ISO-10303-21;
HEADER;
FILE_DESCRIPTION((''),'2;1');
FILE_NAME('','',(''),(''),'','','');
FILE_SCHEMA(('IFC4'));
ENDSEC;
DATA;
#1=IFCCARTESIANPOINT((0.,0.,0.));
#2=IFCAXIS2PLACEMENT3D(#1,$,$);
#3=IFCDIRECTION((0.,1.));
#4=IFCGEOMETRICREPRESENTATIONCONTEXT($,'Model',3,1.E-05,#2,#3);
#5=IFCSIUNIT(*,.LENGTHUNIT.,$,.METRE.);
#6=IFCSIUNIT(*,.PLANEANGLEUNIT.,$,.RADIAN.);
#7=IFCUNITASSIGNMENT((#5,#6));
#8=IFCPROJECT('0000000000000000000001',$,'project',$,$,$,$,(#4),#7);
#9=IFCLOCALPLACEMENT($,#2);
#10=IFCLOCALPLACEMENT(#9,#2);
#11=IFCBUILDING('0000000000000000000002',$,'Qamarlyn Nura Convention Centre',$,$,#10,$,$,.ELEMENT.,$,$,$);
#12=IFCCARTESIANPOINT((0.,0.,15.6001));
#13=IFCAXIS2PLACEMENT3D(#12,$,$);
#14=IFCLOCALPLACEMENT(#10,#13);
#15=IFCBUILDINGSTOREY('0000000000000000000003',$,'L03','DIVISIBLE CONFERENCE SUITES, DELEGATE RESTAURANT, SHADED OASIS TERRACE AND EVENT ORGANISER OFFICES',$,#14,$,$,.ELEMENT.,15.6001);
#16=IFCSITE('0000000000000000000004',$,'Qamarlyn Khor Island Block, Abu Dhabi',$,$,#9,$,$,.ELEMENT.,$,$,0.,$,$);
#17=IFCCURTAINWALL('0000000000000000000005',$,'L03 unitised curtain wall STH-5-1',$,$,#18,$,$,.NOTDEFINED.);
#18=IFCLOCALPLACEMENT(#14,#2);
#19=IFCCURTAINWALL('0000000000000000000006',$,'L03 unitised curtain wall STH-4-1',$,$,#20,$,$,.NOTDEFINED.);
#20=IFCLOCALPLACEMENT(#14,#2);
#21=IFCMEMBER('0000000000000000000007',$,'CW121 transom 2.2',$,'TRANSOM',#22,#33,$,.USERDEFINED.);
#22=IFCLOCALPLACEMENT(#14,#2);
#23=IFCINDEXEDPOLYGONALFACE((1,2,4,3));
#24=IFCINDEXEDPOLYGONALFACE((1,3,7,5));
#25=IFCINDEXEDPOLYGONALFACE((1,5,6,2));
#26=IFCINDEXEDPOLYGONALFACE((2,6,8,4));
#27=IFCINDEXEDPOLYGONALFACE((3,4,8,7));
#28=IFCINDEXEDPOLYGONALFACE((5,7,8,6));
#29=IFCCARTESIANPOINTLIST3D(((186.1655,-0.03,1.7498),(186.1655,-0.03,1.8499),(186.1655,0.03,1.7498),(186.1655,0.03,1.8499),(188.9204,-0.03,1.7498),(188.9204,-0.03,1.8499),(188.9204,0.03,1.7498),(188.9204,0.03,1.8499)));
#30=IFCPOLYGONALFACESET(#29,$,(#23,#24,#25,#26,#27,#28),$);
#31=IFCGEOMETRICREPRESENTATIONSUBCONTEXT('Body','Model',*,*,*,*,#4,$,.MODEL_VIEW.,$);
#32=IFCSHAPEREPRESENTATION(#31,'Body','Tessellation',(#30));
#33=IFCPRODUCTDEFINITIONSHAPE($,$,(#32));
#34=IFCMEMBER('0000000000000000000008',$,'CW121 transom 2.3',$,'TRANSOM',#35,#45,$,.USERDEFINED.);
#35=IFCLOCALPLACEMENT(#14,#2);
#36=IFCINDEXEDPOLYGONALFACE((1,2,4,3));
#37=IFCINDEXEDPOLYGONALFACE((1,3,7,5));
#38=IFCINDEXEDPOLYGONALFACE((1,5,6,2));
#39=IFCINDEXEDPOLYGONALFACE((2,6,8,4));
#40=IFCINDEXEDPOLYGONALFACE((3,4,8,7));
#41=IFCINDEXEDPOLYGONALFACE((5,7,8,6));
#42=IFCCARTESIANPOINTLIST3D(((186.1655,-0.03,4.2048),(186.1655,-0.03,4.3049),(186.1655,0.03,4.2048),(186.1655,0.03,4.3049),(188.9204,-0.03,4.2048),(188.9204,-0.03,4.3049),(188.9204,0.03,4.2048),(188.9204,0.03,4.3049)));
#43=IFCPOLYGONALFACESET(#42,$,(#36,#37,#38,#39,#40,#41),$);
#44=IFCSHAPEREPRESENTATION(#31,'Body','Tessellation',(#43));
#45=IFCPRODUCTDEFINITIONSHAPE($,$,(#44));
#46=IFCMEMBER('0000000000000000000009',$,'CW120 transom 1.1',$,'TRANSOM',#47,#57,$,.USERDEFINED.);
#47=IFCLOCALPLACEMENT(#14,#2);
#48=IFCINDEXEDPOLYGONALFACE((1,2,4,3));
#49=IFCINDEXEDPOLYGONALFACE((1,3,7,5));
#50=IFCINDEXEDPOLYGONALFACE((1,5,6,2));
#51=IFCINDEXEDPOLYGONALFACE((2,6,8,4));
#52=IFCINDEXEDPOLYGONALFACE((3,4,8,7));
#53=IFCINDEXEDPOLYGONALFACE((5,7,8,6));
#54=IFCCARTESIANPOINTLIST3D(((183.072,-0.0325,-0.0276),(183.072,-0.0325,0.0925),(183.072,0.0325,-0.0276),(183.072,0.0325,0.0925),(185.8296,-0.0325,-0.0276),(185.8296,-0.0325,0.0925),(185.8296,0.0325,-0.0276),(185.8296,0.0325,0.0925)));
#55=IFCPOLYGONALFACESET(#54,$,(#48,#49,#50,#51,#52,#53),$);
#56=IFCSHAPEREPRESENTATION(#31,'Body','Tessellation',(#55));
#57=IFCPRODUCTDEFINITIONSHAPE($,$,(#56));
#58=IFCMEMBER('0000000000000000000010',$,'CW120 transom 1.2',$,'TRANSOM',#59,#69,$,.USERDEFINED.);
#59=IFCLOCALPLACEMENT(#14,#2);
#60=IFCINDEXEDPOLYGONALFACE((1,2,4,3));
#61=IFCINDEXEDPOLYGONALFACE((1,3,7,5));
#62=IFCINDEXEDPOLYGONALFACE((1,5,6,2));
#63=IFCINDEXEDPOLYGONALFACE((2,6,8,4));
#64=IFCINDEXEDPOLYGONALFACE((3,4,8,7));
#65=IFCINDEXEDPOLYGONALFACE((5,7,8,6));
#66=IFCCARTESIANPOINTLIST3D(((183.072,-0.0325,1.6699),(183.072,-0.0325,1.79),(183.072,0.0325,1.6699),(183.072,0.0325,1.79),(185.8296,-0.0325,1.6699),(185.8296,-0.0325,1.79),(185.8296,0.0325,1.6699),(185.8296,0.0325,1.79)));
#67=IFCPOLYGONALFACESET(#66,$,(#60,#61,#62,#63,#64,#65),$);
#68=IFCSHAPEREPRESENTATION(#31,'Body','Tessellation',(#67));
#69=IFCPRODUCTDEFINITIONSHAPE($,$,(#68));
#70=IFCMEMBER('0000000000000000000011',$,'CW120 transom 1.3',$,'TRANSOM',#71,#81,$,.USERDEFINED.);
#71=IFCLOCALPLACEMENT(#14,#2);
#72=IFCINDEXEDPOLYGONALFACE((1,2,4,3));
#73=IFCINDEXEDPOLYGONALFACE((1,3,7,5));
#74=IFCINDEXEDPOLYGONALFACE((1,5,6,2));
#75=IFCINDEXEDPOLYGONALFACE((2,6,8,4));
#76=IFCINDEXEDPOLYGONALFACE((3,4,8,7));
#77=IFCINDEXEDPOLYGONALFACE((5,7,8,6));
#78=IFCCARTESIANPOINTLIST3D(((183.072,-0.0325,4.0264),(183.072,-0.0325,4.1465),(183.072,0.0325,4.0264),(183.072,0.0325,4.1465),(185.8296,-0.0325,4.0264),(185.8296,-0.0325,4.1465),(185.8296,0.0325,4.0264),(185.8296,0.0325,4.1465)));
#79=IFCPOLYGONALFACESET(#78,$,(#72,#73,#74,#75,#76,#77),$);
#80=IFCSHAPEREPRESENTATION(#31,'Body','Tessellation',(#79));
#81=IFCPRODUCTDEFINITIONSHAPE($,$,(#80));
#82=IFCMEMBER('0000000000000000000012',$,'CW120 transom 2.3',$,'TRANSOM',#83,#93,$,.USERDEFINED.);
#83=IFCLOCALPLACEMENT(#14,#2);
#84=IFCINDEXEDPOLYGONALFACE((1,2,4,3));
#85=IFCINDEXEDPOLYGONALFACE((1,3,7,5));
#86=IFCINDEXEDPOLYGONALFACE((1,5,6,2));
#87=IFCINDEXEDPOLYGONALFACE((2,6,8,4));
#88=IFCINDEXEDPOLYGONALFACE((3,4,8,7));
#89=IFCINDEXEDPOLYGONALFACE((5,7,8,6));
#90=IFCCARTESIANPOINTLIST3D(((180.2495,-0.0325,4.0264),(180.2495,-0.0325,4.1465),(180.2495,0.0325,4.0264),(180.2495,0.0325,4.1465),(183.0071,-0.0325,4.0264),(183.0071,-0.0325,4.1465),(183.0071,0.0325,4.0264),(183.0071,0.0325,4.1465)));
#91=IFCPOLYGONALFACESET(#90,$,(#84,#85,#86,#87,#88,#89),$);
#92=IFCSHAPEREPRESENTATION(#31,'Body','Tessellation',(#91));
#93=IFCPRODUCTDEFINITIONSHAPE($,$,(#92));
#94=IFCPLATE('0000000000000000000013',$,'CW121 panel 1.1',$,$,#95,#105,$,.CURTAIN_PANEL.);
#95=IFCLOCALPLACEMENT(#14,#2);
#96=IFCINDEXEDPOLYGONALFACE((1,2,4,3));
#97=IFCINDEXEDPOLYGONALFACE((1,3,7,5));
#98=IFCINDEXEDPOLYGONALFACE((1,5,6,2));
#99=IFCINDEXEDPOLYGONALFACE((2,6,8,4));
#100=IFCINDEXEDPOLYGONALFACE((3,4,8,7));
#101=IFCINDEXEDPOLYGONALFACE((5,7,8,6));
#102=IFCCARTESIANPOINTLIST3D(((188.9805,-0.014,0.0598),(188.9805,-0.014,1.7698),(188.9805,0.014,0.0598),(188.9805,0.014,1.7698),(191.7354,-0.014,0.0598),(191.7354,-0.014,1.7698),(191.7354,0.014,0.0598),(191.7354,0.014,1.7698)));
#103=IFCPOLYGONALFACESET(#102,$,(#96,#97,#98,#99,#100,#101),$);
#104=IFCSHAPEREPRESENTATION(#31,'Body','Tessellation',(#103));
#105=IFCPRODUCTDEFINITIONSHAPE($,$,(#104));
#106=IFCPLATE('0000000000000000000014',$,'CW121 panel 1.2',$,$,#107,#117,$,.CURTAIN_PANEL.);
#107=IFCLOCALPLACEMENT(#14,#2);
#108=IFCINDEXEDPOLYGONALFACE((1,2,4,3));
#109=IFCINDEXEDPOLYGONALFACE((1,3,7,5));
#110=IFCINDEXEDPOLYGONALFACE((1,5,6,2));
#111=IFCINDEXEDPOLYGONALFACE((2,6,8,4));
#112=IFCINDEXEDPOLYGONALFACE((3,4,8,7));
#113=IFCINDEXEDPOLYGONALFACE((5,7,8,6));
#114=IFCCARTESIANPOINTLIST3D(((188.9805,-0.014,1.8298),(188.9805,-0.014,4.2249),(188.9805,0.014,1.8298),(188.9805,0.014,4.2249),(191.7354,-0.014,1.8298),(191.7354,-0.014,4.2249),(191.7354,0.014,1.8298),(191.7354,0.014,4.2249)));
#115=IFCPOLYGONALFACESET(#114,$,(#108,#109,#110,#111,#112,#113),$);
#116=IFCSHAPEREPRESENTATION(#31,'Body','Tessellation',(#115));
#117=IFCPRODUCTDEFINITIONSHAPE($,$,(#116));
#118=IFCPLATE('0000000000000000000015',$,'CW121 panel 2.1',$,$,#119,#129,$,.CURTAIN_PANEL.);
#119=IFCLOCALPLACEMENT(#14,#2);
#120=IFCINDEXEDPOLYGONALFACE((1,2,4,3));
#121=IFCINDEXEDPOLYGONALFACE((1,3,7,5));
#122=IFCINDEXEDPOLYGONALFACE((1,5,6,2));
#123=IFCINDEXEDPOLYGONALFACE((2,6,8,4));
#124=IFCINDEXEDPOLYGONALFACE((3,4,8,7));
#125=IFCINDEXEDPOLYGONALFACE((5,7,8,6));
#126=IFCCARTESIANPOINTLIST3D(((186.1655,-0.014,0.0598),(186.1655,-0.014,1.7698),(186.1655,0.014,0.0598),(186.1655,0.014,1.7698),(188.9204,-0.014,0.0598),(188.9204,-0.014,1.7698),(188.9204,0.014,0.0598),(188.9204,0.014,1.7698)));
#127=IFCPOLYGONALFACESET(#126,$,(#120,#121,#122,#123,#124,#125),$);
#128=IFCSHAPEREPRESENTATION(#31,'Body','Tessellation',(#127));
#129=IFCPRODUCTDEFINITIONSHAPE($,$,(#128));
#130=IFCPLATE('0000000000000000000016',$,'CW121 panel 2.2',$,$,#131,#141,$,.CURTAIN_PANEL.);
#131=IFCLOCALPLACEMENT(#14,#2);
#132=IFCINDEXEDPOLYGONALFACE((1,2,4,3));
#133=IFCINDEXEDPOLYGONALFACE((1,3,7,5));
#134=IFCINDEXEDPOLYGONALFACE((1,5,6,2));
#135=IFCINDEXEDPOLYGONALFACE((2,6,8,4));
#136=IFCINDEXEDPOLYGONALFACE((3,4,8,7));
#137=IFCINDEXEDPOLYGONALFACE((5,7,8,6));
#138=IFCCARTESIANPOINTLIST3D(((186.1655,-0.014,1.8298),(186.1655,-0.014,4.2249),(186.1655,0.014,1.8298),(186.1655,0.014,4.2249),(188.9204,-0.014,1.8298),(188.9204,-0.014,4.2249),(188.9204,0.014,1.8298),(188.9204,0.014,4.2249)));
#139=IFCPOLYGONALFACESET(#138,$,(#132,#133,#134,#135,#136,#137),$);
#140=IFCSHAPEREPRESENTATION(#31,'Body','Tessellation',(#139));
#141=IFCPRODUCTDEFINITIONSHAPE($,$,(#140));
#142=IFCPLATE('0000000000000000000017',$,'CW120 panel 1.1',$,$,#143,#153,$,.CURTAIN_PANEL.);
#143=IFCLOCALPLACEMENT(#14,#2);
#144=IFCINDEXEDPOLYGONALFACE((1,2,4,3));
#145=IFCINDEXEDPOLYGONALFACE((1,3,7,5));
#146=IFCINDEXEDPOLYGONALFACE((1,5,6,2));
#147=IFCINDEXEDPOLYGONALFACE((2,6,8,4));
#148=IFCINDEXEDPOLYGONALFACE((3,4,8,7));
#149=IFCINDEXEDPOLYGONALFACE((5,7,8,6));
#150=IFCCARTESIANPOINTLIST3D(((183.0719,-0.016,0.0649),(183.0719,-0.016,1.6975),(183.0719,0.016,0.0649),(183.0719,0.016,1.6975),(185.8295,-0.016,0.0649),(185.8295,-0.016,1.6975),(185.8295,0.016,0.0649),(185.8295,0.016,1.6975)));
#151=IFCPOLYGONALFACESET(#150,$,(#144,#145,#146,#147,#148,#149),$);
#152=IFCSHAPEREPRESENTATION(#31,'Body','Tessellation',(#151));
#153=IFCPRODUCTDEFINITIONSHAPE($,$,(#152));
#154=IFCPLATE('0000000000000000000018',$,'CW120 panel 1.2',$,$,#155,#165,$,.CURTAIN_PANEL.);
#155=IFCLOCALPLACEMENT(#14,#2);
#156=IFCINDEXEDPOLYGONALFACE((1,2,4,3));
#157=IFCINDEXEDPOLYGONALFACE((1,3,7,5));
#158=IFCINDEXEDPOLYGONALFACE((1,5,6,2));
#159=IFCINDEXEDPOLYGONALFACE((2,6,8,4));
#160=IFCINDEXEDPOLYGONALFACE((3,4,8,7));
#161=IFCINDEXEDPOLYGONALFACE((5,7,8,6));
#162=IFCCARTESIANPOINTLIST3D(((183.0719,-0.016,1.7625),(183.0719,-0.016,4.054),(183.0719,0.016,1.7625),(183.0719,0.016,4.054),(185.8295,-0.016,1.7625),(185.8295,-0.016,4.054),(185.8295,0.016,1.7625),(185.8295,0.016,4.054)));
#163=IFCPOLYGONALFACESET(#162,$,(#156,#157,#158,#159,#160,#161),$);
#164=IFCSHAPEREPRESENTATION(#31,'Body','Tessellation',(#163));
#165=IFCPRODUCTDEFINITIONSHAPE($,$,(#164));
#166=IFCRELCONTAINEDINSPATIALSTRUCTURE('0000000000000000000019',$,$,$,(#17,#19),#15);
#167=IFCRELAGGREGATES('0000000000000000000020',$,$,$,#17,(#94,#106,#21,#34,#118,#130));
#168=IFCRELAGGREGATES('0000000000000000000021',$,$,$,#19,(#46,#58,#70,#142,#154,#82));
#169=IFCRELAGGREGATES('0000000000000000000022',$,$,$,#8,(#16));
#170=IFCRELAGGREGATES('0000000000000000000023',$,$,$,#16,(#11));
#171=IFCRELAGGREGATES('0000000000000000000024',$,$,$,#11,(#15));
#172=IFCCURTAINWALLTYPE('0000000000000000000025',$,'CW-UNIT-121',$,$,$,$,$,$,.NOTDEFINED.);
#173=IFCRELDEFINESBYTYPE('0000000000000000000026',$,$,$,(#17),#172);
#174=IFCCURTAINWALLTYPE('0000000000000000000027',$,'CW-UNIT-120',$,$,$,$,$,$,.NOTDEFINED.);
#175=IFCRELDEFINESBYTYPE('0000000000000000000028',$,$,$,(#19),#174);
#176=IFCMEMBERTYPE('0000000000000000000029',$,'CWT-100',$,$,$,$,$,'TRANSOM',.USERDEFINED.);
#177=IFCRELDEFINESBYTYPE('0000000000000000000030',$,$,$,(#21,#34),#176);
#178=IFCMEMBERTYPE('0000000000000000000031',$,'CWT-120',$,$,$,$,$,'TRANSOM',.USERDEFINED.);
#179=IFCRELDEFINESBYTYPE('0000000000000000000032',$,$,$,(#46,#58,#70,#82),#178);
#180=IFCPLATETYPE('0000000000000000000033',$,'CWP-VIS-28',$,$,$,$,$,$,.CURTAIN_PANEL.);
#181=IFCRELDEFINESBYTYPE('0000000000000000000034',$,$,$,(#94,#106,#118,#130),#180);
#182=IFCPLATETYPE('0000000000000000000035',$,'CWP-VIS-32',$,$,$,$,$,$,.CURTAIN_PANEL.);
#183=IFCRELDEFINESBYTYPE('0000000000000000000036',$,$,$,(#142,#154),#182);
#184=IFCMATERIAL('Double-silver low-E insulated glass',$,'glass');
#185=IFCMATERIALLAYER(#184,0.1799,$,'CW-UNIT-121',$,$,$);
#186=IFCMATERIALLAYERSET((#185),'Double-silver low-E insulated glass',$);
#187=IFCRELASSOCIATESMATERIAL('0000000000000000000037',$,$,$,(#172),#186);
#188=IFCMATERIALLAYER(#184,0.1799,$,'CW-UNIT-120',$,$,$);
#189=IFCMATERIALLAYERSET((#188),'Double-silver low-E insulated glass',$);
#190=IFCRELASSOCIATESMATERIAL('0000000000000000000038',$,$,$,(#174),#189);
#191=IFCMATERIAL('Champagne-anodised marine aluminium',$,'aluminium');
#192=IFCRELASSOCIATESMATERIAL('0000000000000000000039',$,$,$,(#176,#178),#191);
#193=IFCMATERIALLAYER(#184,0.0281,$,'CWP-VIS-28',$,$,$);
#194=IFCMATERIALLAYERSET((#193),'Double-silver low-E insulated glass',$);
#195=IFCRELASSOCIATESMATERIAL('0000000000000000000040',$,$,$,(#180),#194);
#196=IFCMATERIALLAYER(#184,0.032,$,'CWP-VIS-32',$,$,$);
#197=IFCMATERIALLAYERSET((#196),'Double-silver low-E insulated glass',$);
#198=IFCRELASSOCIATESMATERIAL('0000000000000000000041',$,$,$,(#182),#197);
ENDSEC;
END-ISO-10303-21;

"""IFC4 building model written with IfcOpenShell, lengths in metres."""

from ifc_helpers import new_model, si_unit, direction, frame, origin, origin_2d, place, context, subcontext, project, spatial, rectangle, extrude, material, layer, layer_set, material_profile, profile_set, type_object, element, aggregate, save


model = new_model("IFC4")

# Units and contexts
model_context = context("Model", 3, precision=1e-05, world=origin(), true_north=direction((0.0, 1.0)))
body_context = subcontext(model_context, "Body", "Model", "MODEL_VIEW")
ifc_project = project(units=[si_unit("LENGTHUNIT", "METRE"), si_unit("PLANEANGLEUNIT", "RADIAN")], contexts=[model_context])

# Site, building, storey
site_placement = place(None, origin())
site = spatial("IfcSite", under=ifc_project, at=site_placement, Name="Qamarlyn Khor Island Block, Abu Dhabi", CompositionType="ELEMENT", RefElevation=0.0)
building_placement = place(site_placement, origin())
building = spatial("IfcBuilding", under=site, at=building_placement, Name="Qamarlyn Nura Convention Centre", CompositionType="ELEMENT")
storey_placement = place(building_placement, frame((0.0, 0.0, 15.6001)))
storey = spatial("IfcBuildingStorey", under=building, at=storey_placement, Name="L03", Description="DIVISIBLE CONFERENCE SUITES, DELEGATE RESTAURANT, SHADED OASIS TERRACE AND EVENT ORGANISER OFFICES", CompositionType="ELEMENT", Elevation=15.6001)

# Curtain walls
ifc_material_1 = material(Name="Double-silver low-E insulated glass", Category="glass")
ifc_layer_1 = layer(ifc_material_1, 0.1799, Name="CW-UNIT-121")
ifc_layer_set_1 = layer_set([ifc_layer_1], Name="Double-silver low-E insulated glass")
curtain_wall_type_1 = type_object("IfcCurtainWallType", Name="CW-UNIT-121", PredefinedType="NOTDEFINED", material=ifc_layer_set_1)
curtain_wall_1_placement = place(storey_placement, origin())
curtain_wall_1 = element("IfcCurtainWall", 1, at=curtain_wall_1_placement, inside=storey, type_object=curtain_wall_type_1, Name="L03 unitised curtain wall STH-5-1", PredefinedType="NOTDEFINED")
ifc_material_2 = material(Name="Champagne-anodised marine aluminium", Category="aluminium")
ifc_layer_2 = layer(ifc_material_1, 0.1799, Name="CW-UNIT-120")
ifc_layer_set_2 = layer_set([ifc_layer_2], Name="Double-silver low-E insulated glass")
curtain_wall_type_2 = type_object("IfcCurtainWallType", Name="CW-UNIT-120", PredefinedType="NOTDEFINED", material=ifc_layer_set_2)
curtain_wall_2_placement = place(storey_placement, origin())
curtain_wall_2 = element("IfcCurtainWall", 2, at=curtain_wall_2_placement, inside=storey, type_object=curtain_wall_type_2, Name="L03 unitised curtain wall STH-4-1", PredefinedType="NOTDEFINED")

# Members
ifc_material_profile_1 = material_profile(ifc_material_2, rectangle(XDim=0.0601, YDim=0.1001, at=origin_2d()), Name="ALU TRANSOM 60x100")
ifc_profile_set_1 = profile_set([ifc_material_profile_1], Name="Champagne-anodised marine aluminium")
member_type_1 = type_object("IfcMemberType", Name="CWT-100", ElementType="TRANSOM", PredefinedType="USERDEFINED", material=ifc_profile_set_1)
member_1_placement = place(storey_placement, frame((188.9204, 0.0, 1.7998), z_axis=(-1.0, 0.0, 0.0), x_axis=(0.0, -1.0, 0.0)))
member_1 = element("IfcMember", 3, at=member_1_placement, type_object=member_type_1, Name="CW121 transom 2.2", ObjectType="TRANSOM", PredefinedType="USERDEFINED", context=body_context, shape_type="SweptSolid", body=[
    extrude(rectangle(XDim=0.0601, YDim=0.1001, at=origin_2d()), origin(), (0.0, 0.0, 1.0), 2.7549),
])
member_2_placement = place(storey_placement, frame((188.9204, 0.0, 4.2549), z_axis=(-1.0, 0.0, 0.0), x_axis=(0.0, -1.0, 0.0)))
member_2 = element("IfcMember", 4, at=member_2_placement, type_object=member_type_1, Name="CW121 transom 2.3", ObjectType="TRANSOM", PredefinedType="USERDEFINED", context=body_context, shape_type="SweptSolid", body=[
    extrude(rectangle(XDim=0.0601, YDim=0.1001, at=origin_2d()), origin(), (0.0, 0.0, 1.0), 2.7549),
])
ifc_material_profile_2 = material_profile(ifc_material_2, rectangle(XDim=0.0649, YDim=0.1201, at=origin_2d()), Name="ALU TRANSOM 65x120")
ifc_profile_set_2 = profile_set([ifc_material_profile_2], Name="Champagne-anodised marine aluminium")
member_type_2 = type_object("IfcMemberType", Name="CWT-120", ElementType="TRANSOM", PredefinedType="USERDEFINED", material=ifc_profile_set_2)
member_3_placement = place(storey_placement, frame((185.8296, 0.0, 0.0325), z_axis=(-1.0, 0.0, 0.0), x_axis=(0.0, -1.0, 0.0)))
member_3 = element("IfcMember", 5, at=member_3_placement, type_object=member_type_2, Name="CW120 transom 1.1", ObjectType="TRANSOM", PredefinedType="USERDEFINED", context=body_context, shape_type="SweptSolid", body=[
    extrude(rectangle(XDim=0.0649, YDim=0.1201, at=origin_2d()), origin(), (0.0, 0.0, 1.0), 2.7576),
])
member_4_placement = place(storey_placement, frame((185.8296, 0.0, 1.73), z_axis=(-1.0, 0.0, 0.0), x_axis=(0.0, -1.0, 0.0)))
member_4 = element("IfcMember", 6, at=member_4_placement, type_object=member_type_2, Name="CW120 transom 1.2", ObjectType="TRANSOM", PredefinedType="USERDEFINED", context=body_context, shape_type="SweptSolid", body=[
    extrude(rectangle(XDim=0.0649, YDim=0.1201, at=origin_2d()), origin(), (0.0, 0.0, 1.0), 2.7576),
])
member_5_placement = place(storey_placement, frame((185.8296, 0.0, 4.0864), z_axis=(-1.0, 0.0, 0.0), x_axis=(0.0, -1.0, 0.0)))
member_5 = element("IfcMember", 7, at=member_5_placement, type_object=member_type_2, Name="CW120 transom 1.3", ObjectType="TRANSOM", PredefinedType="USERDEFINED", context=body_context, shape_type="SweptSolid", body=[
    extrude(rectangle(XDim=0.0649, YDim=0.1201, at=origin_2d()), origin(), (0.0, 0.0, 1.0), 2.7576),
])
member_6_placement = place(storey_placement, frame((183.0071, 0.0, 4.0864), z_axis=(-1.0, 0.0, 0.0), x_axis=(0.0, -1.0, 0.0)))
member_6 = element("IfcMember", 8, at=member_6_placement, type_object=member_type_2, Name="CW120 transom 2.3", ObjectType="TRANSOM", PredefinedType="USERDEFINED", context=body_context, shape_type="SweptSolid", body=[
    extrude(rectangle(XDim=0.0649, YDim=0.1201, at=origin_2d()), origin(), (0.0, 0.0, 1.0), 2.7576),
])

# Plates
ifc_layer_3 = layer(ifc_material_1, 0.0281, Name="CWP-VIS-28")
ifc_layer_set_3 = layer_set([ifc_layer_3], Name="Double-silver low-E insulated glass")
plate_type_1 = type_object("IfcPlateType", Name="CWP-VIS-28", PredefinedType="CURTAIN_PANEL", material=ifc_layer_set_3)
plate_1_placement = place(storey_placement, frame((190.3579, 0.0, 0.0598), z_axis=(0.0, 0.0, 1.0), x_axis=(-1.0, 0.0, 0.0)))
plate_1 = element("IfcPlate", 9, at=plate_1_placement, type_object=plate_type_1, Name="CW121 panel 1.1", PredefinedType="CURTAIN_PANEL", context=body_context, shape_type="SweptSolid", body=[
    extrude(rectangle(XDim=2.7549, YDim=0.0281, at=origin_2d()), origin(), (0.0, 0.0, 1.0), 1.71),
])
plate_2_placement = place(storey_placement, frame((190.3579, 0.0, 1.8298), z_axis=(0.0, 0.0, 1.0), x_axis=(-1.0, 0.0, 0.0)))
plate_2 = element("IfcPlate", 10, at=plate_2_placement, type_object=plate_type_1, Name="CW121 panel 1.2", PredefinedType="CURTAIN_PANEL", context=body_context, shape_type="SweptSolid", body=[
    extrude(rectangle(XDim=2.7549, YDim=0.0281, at=origin_2d()), origin(), (0.0, 0.0, 1.0), 2.395),
])
plate_3_placement = place(storey_placement, frame((187.543, 0.0, 0.0598), z_axis=(0.0, 0.0, 1.0), x_axis=(-1.0, 0.0, 0.0)))
plate_3 = element("IfcPlate", 11, at=plate_3_placement, type_object=plate_type_1, Name="CW121 panel 2.1", PredefinedType="CURTAIN_PANEL", context=body_context, shape_type="SweptSolid", body=[
    extrude(rectangle(XDim=2.7549, YDim=0.0281, at=origin_2d()), origin(), (0.0, 0.0, 1.0), 1.71),
])
plate_4_placement = place(storey_placement, frame((187.543, 0.0, 1.8298), z_axis=(0.0, 0.0, 1.0), x_axis=(-1.0, 0.0, 0.0)))
plate_4 = element("IfcPlate", 12, at=plate_4_placement, type_object=plate_type_1, Name="CW121 panel 2.2", PredefinedType="CURTAIN_PANEL", context=body_context, shape_type="SweptSolid", body=[
    extrude(rectangle(XDim=2.7549, YDim=0.0281, at=origin_2d()), origin(), (0.0, 0.0, 1.0), 2.395),
])
aggregate(curtain_wall_1, [plate_1, plate_2, member_1, member_2, plate_3, plate_4])
ifc_layer_4 = layer(ifc_material_1, 0.032, Name="CWP-VIS-32")
ifc_layer_set_4 = layer_set([ifc_layer_4], Name="Double-silver low-E insulated glass")
plate_type_2 = type_object("IfcPlateType", Name="CWP-VIS-32", PredefinedType="CURTAIN_PANEL", material=ifc_layer_set_4)
plate_5_placement = place(storey_placement, frame((184.4507, 0.0, 0.0649), z_axis=(0.0, 0.0, 1.0), x_axis=(-1.0, 0.0, 0.0)))
plate_5 = element("IfcPlate", 13, at=plate_5_placement, type_object=plate_type_2, Name="CW120 panel 1.1", PredefinedType="CURTAIN_PANEL", context=body_context, shape_type="SweptSolid", body=[
    extrude(rectangle(XDim=2.7576, YDim=0.032, at=origin_2d()), origin(), (0.0, 0.0, 1.0), 1.6326),
])
plate_6_placement = place(storey_placement, frame((184.4507, 0.0, 1.7625), z_axis=(0.0, 0.0, 1.0), x_axis=(-1.0, 0.0, 0.0)))
plate_6 = element("IfcPlate", 14, at=plate_6_placement, type_object=plate_type_2, Name="CW120 panel 1.2", PredefinedType="CURTAIN_PANEL", context=body_context, shape_type="SweptSolid", body=[
    extrude(rectangle(XDim=2.7576, YDim=0.032, at=origin_2d()), origin(), (0.0, 0.0, 1.0), 2.2915),
])
aggregate(curtain_wall_2, [member_3, member_4, member_5, plate_5, plate_6, member_6])

save(model, "model.ifc")
